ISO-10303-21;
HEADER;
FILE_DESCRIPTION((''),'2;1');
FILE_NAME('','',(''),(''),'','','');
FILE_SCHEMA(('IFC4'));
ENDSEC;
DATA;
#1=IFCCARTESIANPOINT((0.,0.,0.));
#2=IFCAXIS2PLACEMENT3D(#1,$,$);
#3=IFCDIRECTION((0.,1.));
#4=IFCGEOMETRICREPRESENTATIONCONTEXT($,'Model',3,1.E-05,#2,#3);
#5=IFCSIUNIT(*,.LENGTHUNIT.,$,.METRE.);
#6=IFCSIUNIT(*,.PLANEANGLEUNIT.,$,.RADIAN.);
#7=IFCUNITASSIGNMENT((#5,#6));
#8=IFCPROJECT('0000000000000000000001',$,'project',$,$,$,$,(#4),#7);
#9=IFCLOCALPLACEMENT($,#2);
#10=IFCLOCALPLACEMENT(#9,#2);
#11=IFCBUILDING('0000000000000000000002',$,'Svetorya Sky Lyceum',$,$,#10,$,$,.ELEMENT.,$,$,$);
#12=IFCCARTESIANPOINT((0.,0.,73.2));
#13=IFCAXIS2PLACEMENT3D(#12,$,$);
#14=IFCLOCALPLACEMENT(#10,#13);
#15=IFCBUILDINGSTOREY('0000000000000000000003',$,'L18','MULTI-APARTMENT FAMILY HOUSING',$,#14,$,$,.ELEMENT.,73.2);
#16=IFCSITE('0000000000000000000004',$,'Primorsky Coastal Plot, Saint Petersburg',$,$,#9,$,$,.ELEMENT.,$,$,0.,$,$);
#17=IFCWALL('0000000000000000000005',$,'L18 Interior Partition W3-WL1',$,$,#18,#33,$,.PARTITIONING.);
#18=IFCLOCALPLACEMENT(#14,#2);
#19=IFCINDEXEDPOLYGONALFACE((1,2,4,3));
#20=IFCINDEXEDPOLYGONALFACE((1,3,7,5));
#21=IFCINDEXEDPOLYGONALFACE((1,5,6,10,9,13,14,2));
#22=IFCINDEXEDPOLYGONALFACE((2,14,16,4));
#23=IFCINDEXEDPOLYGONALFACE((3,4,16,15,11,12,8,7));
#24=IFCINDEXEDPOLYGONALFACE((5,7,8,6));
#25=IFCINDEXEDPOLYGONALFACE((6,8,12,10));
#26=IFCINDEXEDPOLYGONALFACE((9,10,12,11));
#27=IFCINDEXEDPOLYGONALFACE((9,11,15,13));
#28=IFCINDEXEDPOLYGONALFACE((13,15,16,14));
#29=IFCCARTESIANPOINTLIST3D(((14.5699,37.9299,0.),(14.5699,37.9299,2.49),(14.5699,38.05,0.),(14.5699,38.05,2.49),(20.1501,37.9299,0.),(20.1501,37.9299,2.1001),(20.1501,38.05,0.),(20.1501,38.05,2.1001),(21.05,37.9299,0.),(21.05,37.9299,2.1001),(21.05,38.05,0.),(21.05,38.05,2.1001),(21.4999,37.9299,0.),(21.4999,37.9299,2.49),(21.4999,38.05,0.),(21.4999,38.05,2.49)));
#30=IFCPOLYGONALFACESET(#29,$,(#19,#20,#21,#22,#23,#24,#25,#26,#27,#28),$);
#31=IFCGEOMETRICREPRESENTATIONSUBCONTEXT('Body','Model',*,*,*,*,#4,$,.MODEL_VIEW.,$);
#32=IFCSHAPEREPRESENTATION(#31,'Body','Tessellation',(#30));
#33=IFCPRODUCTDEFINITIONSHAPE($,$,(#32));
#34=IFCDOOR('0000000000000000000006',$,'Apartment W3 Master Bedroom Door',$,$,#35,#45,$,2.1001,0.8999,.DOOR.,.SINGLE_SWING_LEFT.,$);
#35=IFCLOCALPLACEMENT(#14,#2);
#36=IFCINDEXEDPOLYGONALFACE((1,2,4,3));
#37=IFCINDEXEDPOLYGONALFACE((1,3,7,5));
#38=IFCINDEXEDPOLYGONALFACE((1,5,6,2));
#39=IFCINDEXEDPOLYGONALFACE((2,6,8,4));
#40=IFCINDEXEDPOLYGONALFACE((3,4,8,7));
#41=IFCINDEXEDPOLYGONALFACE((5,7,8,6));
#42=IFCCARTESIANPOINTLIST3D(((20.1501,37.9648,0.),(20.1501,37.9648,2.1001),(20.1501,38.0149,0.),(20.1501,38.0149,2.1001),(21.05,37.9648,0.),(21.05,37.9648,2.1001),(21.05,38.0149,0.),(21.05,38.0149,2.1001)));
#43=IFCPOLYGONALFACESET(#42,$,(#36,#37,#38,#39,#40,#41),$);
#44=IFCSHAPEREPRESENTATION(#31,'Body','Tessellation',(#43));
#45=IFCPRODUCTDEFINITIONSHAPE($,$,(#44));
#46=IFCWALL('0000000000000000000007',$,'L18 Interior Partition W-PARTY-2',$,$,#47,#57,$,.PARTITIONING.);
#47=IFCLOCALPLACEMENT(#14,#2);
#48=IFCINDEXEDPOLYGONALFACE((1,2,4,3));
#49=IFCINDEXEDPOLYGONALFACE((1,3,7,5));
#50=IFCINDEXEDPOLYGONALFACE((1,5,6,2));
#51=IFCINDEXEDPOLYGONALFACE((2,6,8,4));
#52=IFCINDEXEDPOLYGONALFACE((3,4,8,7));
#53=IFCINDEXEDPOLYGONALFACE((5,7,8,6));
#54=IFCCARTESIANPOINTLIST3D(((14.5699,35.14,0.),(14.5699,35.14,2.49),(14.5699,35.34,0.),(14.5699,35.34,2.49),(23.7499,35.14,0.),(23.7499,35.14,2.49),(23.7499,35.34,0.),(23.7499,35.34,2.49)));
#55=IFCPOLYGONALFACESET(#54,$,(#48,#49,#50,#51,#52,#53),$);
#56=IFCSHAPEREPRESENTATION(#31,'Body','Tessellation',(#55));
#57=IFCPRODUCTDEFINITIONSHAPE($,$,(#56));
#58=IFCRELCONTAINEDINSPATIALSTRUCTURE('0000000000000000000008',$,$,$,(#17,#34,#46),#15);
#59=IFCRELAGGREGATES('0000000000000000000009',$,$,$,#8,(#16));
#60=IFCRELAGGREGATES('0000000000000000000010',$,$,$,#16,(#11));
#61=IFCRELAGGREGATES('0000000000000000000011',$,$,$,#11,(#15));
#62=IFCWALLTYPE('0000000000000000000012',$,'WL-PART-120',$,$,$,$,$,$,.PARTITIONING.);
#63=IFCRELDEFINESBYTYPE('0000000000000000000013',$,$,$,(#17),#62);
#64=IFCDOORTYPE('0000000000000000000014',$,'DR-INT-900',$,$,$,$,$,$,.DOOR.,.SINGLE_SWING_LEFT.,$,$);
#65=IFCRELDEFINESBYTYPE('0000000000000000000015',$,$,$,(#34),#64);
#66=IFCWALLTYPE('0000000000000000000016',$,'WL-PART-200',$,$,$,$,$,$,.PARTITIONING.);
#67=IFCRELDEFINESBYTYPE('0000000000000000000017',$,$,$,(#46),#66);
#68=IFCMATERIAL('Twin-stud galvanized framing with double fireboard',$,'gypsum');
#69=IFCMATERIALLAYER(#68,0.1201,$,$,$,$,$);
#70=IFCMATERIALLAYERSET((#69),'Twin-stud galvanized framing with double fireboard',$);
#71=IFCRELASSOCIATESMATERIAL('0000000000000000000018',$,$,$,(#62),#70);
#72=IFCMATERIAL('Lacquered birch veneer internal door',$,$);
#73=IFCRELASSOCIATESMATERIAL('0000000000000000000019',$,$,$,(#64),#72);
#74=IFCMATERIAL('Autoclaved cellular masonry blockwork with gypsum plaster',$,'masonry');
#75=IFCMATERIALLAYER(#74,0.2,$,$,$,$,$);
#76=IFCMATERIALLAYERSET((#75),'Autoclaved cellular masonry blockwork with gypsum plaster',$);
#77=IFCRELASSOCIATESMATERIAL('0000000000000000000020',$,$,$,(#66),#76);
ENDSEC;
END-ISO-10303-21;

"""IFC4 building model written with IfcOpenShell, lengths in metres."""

from ifc_helpers import new_model, si_unit, direction, frame, frame_2d, origin, place, context, subcontext, project, spatial, rectangle, extrude, material, layer, layer_set, type_object, element, fill, save


model = new_model("IFC4")

# Units and contexts
model_context = context("Model", 3, precision=1e-05, world=origin(), true_north=direction((0.0, 1.0)))
body_context = subcontext(model_context, "Body", "Model", "MODEL_VIEW")
ifc_project = project(units=[si_unit("LENGTHUNIT", "METRE"), si_unit("PLANEANGLEUNIT", "RADIAN")], contexts=[model_context])

# Site, building, storey
site_placement = place(None, origin())
site = spatial("IfcSite", under=ifc_project, at=site_placement, Name="Primorsky Coastal Plot, Saint Petersburg", CompositionType="ELEMENT", RefElevation=0.0)
building_placement = place(site_placement, origin())
building = spatial("IfcBuilding", under=site, at=building_placement, Name="Svetorya Sky Lyceum", CompositionType="ELEMENT")
storey_placement = place(building_placement, frame((0.0, 0.0, 73.2)))
storey = spatial("IfcBuildingStorey", under=building, at=storey_placement, Name="L18", Description="MULTI-APARTMENT FAMILY HOUSING", CompositionType="ELEMENT", Elevation=73.2)

# Wall, opening, door
ifc_material_1 = material(Name="Twin-stud galvanized framing with double fireboard", Category="gypsum")
ifc_layer_1 = layer(ifc_material_1, 0.1201)
ifc_layer_set_1 = layer_set([ifc_layer_1], Name="Twin-stud galvanized framing with double fireboard")
wall_type_1 = type_object("IfcWallType", Name="WL-PART-120", PredefinedType="PARTITIONING", material=ifc_layer_set_1)
ifc_material_2 = material(Name="Lacquered birch veneer internal door")
door_type_1 = type_object("IfcDoorType", Name="DR-INT-900", OperationType="SINGLE_SWING_LEFT", PredefinedType="DOOR", material=ifc_material_2)
wall_1_placement = place(storey_placement, frame((14.5701, 37.99, 0.0), z_axis=(0.0, 0.0, 1.0), x_axis=(1.0, 0.0, 0.0)))
wall_1 = element("IfcWall", 1, at=wall_1_placement, inside=storey, type_object=wall_type_1, Name="L18 Interior Partition W3-WL1", PredefinedType="PARTITIONING", context=body_context, shape_type="SweptSolid", body=[
    extrude(rectangle(XDim=6.9299, YDim=0.1201, at=frame_2d((3.4648, 0.0))), origin(), (0.0, 0.0, 1.0), 2.49),
])
opening_1_placement = place(wall_1_placement, frame((5.5801, 0.0, 0.0)))
opening_1 = element("IfcOpeningElement", 2, at=opening_1_placement, cuts=wall_1, PredefinedType="OPENING", context=body_context, shape_type="SweptSolid", body=[
    extrude(rectangle(XDim=0.8999, YDim=2.1001, at=frame_2d((0.45, 1.05))), frame((0.0, 0.0701, 0.0), z_axis=(0.0, -1.0, 0.0), x_axis=(1.0, 0.0, 0.0)), (0.0, 0.0, 1.0), 0.1401),
])
door_1_placement = place(opening_1_placement, origin())
door_1 = element("IfcDoor", 3, at=door_1_placement, inside=storey, type_object=door_type_1, Name="Apartment W3 Master Bedroom Door", OperationType="SINGLE_SWING_LEFT", OverallHeight=2.1001, OverallWidth=0.8999, PredefinedType="DOOR", context=body_context, shape_type="SweptSolid", body=[
    extrude(rectangle(XDim=0.8999, YDim=2.1001, at=frame_2d((0.45, 1.05))), frame((0.0, 0.0249, 0.0), z_axis=(0.0, -1.0, 0.0), x_axis=(1.0, 0.0, 0.0)), (0.0, 0.0, 1.0), 0.05),
])
fill(opening_1, door_1)

# Wall
ifc_material_3 = material(Name="Autoclaved cellular masonry blockwork with gypsum plaster", Category="masonry")
ifc_layer_2 = layer(ifc_material_3, 0.2)
ifc_layer_set_2 = layer_set([ifc_layer_2], Name="Autoclaved cellular masonry blockwork with gypsum plaster")
wall_type_2 = type_object("IfcWallType", Name="WL-PART-200", PredefinedType="PARTITIONING", material=ifc_layer_set_2)
wall_2_placement = place(storey_placement, frame((14.5701, 35.24, 0.0), z_axis=(0.0, 0.0, 1.0), x_axis=(1.0, 0.0, 0.0)))
element("IfcWall", 4, at=wall_2_placement, inside=storey, type_object=wall_type_2, Name="L18 Interior Partition W-PARTY-2", PredefinedType="PARTITIONING", context=body_context, shape_type="SweptSolid", body=[
    extrude(rectangle(XDim=9.1799, YDim=0.2, at=frame_2d((4.5898, 0.0))), origin(), (0.0, 0.0, 1.0), 2.49),
])

save(model, "model.ifc")
